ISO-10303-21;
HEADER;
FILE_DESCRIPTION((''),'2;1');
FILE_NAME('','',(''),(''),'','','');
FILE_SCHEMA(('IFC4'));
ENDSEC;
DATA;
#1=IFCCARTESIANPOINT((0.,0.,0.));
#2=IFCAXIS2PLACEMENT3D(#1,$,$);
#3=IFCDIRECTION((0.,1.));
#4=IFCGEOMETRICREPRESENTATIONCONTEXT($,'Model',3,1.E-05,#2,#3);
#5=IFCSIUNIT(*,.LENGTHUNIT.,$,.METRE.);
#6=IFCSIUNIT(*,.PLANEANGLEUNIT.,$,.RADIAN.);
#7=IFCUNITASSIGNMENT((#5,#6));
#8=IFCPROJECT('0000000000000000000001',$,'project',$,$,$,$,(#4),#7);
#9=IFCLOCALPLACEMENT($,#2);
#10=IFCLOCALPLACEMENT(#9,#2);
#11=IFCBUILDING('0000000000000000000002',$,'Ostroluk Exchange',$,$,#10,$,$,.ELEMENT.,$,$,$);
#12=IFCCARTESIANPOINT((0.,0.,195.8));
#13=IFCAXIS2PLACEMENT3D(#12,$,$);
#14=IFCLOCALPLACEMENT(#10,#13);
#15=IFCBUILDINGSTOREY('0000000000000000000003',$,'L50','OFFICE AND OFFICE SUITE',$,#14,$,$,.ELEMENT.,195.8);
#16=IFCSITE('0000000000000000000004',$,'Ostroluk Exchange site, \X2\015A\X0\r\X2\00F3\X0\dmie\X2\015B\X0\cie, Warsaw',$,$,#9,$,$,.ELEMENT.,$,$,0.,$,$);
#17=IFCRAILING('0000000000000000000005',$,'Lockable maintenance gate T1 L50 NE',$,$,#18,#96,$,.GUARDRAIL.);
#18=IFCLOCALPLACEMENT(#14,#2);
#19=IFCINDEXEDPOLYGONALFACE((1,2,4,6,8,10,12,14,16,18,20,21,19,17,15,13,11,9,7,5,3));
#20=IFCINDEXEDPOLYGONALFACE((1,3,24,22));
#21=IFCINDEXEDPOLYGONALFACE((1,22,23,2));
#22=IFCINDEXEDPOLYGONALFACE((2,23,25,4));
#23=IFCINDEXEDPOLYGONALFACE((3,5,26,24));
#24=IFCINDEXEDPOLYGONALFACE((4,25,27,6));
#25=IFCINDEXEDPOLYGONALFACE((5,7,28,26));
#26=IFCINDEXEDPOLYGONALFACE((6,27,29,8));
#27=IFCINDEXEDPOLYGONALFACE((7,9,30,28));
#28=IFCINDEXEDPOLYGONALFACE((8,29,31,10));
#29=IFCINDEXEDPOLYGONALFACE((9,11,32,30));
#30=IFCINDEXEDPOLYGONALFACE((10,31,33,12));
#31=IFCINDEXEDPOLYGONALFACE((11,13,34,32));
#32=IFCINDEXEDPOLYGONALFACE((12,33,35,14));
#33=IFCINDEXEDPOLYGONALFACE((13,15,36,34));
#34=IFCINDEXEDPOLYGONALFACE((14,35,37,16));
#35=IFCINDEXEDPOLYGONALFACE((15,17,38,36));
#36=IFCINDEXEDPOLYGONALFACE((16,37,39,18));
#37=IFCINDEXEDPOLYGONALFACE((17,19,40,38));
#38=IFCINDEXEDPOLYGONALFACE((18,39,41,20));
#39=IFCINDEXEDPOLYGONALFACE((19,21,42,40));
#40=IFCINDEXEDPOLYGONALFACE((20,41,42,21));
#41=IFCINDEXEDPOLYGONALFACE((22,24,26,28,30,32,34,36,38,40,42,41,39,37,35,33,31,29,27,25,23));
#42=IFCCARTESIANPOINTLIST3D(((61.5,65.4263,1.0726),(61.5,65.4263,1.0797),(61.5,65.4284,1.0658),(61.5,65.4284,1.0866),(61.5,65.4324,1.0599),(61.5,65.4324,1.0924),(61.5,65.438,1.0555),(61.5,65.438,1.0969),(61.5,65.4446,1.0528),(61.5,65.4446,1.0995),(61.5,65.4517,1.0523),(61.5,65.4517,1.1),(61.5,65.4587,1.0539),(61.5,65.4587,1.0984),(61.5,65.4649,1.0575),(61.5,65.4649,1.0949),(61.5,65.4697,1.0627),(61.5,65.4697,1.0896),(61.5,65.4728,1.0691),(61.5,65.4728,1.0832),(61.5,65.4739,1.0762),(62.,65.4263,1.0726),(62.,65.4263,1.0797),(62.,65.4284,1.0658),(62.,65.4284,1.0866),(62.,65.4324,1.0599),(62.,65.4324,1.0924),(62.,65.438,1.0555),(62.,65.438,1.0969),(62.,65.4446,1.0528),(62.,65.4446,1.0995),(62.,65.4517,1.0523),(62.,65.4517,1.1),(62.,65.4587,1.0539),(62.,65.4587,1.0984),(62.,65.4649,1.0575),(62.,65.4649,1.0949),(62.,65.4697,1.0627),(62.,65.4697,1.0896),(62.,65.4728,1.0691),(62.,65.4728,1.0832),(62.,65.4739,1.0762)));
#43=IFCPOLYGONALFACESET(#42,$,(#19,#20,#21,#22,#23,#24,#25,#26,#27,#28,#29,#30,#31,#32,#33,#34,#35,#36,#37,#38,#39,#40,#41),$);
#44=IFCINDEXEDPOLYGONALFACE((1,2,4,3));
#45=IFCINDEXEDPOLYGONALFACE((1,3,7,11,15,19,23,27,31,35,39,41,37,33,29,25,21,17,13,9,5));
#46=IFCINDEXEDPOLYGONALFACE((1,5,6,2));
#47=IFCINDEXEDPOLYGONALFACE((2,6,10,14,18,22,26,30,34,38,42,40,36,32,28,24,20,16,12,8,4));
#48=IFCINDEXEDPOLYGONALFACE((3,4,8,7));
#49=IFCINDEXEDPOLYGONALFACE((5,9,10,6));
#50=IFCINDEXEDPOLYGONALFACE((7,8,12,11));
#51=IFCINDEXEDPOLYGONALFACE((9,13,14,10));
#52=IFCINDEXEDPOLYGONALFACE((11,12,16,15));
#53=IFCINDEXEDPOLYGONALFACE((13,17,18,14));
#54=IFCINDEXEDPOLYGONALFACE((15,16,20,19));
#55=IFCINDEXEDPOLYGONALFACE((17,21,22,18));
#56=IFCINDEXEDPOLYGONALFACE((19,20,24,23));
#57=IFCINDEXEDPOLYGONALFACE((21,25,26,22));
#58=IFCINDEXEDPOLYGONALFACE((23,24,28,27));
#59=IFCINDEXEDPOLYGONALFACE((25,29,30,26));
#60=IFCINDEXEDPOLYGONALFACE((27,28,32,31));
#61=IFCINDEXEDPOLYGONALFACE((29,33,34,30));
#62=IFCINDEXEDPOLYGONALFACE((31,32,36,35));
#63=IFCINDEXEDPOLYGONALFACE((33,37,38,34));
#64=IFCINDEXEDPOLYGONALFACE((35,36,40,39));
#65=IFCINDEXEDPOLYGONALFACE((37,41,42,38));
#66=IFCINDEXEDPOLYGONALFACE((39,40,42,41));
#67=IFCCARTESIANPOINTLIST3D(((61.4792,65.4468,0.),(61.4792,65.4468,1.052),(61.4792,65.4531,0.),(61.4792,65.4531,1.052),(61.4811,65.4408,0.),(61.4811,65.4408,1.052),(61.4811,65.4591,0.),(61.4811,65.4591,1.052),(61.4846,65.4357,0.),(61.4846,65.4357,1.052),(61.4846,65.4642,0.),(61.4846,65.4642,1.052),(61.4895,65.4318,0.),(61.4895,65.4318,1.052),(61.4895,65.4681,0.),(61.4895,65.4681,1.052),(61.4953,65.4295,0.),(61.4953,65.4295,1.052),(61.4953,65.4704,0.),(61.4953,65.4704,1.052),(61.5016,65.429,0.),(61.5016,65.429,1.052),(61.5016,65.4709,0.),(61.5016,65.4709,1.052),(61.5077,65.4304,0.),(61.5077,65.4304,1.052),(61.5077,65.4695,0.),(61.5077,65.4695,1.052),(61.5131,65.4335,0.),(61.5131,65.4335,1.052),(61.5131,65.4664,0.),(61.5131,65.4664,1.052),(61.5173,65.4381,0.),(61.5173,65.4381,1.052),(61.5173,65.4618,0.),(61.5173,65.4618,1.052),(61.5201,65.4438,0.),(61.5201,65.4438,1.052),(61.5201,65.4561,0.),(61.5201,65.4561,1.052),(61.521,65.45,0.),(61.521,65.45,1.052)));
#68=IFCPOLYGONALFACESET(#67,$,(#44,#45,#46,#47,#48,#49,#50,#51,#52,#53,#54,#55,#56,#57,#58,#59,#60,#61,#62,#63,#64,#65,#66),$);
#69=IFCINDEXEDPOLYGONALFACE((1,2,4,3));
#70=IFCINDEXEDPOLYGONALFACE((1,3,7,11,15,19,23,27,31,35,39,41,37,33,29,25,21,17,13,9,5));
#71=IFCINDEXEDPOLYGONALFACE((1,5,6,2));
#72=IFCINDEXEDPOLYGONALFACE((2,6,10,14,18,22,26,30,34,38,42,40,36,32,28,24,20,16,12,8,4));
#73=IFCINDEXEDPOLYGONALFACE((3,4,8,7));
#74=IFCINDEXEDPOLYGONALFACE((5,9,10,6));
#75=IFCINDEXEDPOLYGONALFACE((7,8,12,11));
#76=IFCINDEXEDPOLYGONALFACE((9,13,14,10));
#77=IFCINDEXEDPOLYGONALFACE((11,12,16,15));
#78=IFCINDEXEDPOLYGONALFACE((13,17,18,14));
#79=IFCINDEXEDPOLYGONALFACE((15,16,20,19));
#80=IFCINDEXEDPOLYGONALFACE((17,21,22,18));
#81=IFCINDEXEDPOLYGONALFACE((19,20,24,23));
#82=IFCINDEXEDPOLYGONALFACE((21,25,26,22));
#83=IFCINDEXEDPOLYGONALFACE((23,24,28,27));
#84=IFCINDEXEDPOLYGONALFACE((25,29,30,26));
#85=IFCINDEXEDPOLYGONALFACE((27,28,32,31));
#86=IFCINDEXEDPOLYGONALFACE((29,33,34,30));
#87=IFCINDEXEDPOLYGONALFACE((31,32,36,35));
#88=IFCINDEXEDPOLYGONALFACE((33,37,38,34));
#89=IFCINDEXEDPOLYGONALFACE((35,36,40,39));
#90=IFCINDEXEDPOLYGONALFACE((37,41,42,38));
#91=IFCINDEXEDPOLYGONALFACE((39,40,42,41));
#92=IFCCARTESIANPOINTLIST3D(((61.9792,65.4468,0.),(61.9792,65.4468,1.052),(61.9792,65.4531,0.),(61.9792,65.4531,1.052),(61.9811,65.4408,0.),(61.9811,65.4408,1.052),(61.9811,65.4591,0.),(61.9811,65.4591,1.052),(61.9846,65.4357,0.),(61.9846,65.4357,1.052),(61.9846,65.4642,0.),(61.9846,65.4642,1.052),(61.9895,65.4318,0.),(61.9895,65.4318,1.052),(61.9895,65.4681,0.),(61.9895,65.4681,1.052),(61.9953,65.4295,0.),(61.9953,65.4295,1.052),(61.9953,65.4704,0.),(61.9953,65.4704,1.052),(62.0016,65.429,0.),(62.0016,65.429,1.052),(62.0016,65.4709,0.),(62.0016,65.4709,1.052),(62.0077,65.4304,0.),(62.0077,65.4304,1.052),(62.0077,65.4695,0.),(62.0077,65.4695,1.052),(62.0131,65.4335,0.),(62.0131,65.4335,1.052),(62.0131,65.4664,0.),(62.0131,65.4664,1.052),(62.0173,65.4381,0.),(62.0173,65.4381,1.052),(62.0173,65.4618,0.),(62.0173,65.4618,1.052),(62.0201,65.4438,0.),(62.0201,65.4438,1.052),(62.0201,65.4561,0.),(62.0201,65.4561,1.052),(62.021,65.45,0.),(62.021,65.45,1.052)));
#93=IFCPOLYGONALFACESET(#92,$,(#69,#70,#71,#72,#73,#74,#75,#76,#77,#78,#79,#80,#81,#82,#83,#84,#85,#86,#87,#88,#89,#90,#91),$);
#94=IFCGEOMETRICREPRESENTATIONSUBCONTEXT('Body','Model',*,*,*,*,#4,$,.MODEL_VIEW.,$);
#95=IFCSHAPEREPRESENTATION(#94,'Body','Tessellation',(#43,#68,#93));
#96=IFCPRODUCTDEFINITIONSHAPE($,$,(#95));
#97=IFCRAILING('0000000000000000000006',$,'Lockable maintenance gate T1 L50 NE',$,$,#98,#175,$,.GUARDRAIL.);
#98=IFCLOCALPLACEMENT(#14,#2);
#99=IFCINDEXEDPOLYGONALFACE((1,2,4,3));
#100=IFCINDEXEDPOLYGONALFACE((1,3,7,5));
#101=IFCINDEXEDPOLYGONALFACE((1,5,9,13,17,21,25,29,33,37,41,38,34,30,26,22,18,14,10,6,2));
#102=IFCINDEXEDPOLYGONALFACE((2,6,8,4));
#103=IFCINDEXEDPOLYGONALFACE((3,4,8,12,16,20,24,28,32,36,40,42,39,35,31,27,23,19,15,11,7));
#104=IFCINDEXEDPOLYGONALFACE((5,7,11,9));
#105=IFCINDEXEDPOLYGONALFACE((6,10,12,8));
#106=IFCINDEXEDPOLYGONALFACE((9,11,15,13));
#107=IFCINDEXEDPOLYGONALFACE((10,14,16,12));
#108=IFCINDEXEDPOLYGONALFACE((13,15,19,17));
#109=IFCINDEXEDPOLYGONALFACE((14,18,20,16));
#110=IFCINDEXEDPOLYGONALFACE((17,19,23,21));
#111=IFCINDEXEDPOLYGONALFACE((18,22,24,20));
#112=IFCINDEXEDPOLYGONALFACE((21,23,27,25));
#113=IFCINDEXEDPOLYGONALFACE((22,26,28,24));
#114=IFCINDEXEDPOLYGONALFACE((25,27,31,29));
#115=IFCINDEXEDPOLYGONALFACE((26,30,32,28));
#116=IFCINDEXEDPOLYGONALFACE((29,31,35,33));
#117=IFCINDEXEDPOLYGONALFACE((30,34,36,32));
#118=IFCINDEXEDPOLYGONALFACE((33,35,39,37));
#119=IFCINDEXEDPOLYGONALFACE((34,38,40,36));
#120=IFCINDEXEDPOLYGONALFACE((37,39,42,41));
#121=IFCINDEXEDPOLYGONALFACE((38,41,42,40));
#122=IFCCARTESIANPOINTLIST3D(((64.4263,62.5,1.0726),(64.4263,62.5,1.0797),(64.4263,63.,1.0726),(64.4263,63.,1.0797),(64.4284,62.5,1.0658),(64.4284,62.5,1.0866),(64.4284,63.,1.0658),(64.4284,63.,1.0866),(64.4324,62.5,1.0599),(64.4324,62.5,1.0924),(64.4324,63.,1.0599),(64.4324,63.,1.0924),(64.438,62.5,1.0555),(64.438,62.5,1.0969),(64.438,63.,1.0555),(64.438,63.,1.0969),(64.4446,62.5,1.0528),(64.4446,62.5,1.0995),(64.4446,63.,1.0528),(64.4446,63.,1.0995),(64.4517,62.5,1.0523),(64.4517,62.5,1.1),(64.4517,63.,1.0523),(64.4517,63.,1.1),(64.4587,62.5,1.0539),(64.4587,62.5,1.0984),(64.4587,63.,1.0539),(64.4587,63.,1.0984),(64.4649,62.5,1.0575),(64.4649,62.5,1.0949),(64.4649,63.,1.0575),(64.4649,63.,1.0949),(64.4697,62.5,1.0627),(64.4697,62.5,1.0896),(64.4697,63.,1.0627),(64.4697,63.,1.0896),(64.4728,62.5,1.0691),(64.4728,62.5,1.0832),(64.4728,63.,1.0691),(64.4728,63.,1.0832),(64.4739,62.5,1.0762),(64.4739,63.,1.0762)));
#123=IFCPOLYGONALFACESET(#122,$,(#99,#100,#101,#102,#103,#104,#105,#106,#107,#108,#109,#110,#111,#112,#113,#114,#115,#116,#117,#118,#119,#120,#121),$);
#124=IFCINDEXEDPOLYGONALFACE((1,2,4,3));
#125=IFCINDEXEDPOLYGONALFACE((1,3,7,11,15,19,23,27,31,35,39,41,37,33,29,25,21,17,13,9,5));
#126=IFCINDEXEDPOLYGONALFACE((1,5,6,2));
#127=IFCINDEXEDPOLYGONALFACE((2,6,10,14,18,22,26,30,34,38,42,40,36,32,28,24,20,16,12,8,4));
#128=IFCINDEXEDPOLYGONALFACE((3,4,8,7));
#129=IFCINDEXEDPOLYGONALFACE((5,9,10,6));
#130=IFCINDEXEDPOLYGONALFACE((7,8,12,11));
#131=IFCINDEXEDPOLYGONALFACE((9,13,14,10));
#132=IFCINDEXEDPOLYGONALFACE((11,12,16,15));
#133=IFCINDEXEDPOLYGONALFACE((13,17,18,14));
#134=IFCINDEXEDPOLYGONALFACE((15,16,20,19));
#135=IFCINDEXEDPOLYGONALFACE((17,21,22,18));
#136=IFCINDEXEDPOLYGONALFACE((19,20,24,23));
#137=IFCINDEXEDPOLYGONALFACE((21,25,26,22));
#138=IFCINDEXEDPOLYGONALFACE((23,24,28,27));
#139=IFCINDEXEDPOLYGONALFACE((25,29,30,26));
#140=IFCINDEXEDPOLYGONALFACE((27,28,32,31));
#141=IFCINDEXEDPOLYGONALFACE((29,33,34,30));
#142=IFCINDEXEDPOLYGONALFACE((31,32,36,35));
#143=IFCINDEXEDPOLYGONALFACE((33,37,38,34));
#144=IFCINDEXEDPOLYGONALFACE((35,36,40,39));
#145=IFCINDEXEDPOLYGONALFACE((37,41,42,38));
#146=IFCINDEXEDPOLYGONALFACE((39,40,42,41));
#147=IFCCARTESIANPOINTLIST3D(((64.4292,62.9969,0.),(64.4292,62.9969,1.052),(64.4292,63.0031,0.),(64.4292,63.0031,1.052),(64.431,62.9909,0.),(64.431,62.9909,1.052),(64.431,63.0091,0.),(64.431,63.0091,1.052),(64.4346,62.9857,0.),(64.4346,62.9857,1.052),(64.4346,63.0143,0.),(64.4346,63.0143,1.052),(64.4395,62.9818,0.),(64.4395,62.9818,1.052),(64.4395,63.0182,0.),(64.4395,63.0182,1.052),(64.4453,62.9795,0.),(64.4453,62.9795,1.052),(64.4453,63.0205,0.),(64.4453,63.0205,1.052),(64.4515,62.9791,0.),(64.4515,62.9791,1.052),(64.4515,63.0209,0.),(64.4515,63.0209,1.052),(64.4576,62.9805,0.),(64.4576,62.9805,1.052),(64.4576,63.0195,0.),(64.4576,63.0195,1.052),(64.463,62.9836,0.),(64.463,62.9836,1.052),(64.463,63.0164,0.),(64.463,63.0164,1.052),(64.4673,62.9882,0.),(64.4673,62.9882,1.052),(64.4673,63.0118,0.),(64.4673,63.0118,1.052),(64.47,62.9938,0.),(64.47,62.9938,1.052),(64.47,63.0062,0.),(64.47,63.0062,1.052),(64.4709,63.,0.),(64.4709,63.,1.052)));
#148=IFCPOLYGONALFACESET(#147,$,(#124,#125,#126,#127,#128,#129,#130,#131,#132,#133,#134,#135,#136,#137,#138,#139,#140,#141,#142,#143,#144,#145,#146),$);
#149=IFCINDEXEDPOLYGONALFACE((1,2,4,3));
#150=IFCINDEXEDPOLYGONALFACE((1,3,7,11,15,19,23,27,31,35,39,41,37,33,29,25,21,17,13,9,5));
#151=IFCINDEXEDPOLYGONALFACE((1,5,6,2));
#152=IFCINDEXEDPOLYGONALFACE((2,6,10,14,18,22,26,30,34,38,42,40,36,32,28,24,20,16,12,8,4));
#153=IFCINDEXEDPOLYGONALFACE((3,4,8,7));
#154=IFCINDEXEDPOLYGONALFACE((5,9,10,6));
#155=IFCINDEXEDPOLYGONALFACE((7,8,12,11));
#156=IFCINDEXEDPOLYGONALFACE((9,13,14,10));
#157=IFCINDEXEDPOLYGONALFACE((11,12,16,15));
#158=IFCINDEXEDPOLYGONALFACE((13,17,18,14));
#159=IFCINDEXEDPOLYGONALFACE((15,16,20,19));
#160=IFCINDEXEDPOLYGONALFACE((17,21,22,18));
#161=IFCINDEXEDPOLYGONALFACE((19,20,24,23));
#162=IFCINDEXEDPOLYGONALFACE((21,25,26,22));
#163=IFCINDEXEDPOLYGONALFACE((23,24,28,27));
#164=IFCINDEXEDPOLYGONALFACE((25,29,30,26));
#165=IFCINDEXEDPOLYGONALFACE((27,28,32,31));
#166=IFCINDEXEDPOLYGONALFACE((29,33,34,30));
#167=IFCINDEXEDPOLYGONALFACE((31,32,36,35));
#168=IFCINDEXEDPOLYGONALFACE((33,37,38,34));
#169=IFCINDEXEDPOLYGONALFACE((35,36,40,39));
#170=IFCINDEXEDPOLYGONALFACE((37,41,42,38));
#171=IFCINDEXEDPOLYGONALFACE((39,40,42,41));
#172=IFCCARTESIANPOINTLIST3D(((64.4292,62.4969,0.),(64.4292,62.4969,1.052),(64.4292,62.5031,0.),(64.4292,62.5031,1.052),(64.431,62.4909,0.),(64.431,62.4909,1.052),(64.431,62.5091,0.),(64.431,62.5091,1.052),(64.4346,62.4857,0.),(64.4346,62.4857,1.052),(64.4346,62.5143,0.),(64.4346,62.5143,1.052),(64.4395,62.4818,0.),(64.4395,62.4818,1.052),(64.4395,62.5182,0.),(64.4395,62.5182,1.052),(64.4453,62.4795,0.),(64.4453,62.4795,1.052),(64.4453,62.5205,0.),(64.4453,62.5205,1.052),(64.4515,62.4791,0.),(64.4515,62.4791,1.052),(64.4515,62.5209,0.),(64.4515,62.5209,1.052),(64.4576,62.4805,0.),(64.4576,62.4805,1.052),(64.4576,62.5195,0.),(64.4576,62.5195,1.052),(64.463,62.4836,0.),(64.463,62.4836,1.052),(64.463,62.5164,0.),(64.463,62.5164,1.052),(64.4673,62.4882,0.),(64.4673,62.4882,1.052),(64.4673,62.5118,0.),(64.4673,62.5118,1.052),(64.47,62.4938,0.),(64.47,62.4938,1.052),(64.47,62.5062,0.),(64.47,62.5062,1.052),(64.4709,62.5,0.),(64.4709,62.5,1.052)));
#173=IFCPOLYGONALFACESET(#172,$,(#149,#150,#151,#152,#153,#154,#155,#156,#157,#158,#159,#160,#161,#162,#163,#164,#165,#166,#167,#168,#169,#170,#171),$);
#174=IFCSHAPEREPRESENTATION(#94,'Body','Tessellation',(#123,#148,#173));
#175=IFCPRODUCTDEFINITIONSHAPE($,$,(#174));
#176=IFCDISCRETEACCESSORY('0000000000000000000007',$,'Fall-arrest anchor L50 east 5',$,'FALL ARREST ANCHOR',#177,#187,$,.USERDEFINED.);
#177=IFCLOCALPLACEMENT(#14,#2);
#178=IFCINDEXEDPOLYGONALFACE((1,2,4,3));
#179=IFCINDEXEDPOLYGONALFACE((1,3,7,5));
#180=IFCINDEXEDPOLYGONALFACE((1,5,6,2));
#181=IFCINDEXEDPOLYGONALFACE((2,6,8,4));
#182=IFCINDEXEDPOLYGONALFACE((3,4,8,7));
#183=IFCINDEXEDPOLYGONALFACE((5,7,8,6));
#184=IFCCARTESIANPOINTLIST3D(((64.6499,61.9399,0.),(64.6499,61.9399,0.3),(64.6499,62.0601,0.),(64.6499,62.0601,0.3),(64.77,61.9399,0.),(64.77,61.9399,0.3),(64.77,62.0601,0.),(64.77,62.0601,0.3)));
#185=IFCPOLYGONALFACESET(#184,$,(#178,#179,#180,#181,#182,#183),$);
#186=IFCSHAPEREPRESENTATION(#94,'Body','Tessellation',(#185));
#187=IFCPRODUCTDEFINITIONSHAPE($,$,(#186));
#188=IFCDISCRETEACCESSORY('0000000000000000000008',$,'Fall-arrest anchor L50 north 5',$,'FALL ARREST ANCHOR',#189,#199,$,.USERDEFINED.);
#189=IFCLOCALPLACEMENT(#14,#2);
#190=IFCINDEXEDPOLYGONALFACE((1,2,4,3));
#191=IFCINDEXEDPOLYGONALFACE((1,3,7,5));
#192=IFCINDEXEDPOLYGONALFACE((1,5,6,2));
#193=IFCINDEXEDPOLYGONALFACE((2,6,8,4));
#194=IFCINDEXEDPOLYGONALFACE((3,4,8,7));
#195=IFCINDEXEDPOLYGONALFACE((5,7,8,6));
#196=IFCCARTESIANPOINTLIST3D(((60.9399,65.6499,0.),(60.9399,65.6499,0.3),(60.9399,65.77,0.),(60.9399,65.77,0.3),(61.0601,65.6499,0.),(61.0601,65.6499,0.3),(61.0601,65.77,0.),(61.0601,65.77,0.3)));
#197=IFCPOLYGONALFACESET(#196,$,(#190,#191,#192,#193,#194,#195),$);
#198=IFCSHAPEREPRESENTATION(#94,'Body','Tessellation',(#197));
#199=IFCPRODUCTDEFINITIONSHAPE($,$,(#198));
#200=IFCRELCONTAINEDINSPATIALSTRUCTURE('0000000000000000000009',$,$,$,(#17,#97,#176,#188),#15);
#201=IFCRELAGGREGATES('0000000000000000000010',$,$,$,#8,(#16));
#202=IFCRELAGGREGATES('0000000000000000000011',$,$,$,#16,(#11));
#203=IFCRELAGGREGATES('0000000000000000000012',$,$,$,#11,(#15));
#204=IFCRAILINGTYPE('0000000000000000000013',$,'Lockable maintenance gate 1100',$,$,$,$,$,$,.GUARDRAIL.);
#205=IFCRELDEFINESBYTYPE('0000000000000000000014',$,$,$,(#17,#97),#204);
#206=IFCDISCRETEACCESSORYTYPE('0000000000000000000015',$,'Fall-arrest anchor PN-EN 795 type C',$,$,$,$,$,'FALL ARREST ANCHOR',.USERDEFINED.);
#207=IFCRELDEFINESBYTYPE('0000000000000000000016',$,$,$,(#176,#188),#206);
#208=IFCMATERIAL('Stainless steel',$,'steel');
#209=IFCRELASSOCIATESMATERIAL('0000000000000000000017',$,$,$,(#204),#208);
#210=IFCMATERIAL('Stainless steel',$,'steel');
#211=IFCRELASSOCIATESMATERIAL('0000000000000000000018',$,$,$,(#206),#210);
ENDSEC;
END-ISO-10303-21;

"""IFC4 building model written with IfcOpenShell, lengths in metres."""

from ifc_helpers import new_model, si_unit, direction, frame, origin, origin_2d, place, context, subcontext, project, spatial, rectangle, circle, extrude, material, type_object, element, save


model = new_model("IFC4")

# Units and contexts
model_context = context("Model", 3, precision=1e-05, world=origin(), true_north=direction((0.0, 1.0)))
body_context = subcontext(model_context, "Body", "Model", "MODEL_VIEW")
ifc_project = project(units=[si_unit("LENGTHUNIT", "METRE"), si_unit("PLANEANGLEUNIT", "RADIAN")], contexts=[model_context])

# Site, building, storey
site_placement = place(None, origin())
site = spatial("IfcSite", under=ifc_project, at=site_placement, Name="Ostroluk Exchange site, Śródmieście, Warsaw", CompositionType="ELEMENT", RefElevation=0.0)
building_placement = place(site_placement, origin())
building = spatial("IfcBuilding", under=site, at=building_placement, Name="Ostroluk Exchange", CompositionType="ELEMENT")
storey_placement = place(building_placement, frame((0.0, 0.0, 195.8)))
storey = spatial("IfcBuildingStorey", under=building, at=storey_placement, Name="L50", Description="OFFICE AND OFFICE SUITE", CompositionType="ELEMENT", Elevation=195.8)

# Railings
ifc_material_1 = material(Name="Stainless steel", Category="steel")
railing_type_1 = type_object("IfcRailingType", Name="Lockable maintenance gate 1100", PredefinedType="GUARDRAIL", material=ifc_material_1)
railing_1_placement = place(storey_placement, frame((61.5, 65.45, 0.0)))
element("IfcRailing", 1, at=railing_1_placement, inside=storey, type_object=railing_type_1, Name="Lockable maintenance gate T1 L50 NE", PredefinedType="GUARDRAIL", context=body_context, shape_type="SweptSolid", body=[
    extrude(circle(Radius=0.0239, at=origin_2d()), frame((0.0, 0.0, 1.0762), z_axis=(1.0, 0.0, 0.0), x_axis=(0.0, 1.0, 0.0)), (0.0, 0.0, 1.0), 0.5),
    extrude(circle(Radius=0.021, at=origin_2d()), origin(), (0.0, 0.0, 1.0), 1.052),
    extrude(circle(Radius=0.021, at=origin_2d()), frame((0.5, 0.0, 0.0)), (0.0, 0.0, 1.0), 1.052),
])
railing_2_placement = place(storey_placement, frame((64.45, 63.0, 0.0)))
element("IfcRailing", 2, at=railing_2_placement, inside=storey, type_object=railing_type_1, Name="Lockable maintenance gate T1 L50 NE", PredefinedType="GUARDRAIL", context=body_context, shape_type="SweptSolid", body=[
    extrude(circle(Radius=0.0239, at=origin_2d()), frame((0.0, 0.0, 1.0762), z_axis=(0.0, -1.0, 0.0), x_axis=(1.0, 0.0, 0.0)), (0.0, 0.0, 1.0), 0.5),
    extrude(circle(Radius=0.021, at=origin_2d()), origin(), (0.0, 0.0, 1.0), 1.052),
    extrude(circle(Radius=0.021, at=origin_2d()), frame((0.0, -0.5, 0.0)), (0.0, 0.0, 1.0), 1.052),
])

# Discrete accessories
ifc_material_2 = material(Name="Stainless steel", Category="steel")
discrete_accessory_type = type_object("IfcDiscreteAccessoryType", Name="Fall-arrest anchor PN-EN 795 type C", ElementType="FALL ARREST ANCHOR", PredefinedType="USERDEFINED", material=ifc_material_2)
for number, where, z_axis, x_axis, name in (
    (3, (64.71, 62.0, 0.0), (0.0, 0.0, 1.0), (1.0, 0.0, 0.0), "Fall-arrest anchor L50 east 5"),
    (4, (61.0, 65.71, 0.0), (0.0, 0.0, 1.0), (1.0, 0.0, 0.0), "Fall-arrest anchor L50 north 5"),
):
    element("IfcDiscreteAccessory", number, at=place(storey_placement, frame(where, z_axis=z_axis, x_axis=x_axis)), inside=storey, type_object=discrete_accessory_type, Name=name, ObjectType="FALL ARREST ANCHOR", PredefinedType="USERDEFINED", context=body_context, shape_type="SweptSolid", body=[
        extrude(rectangle(XDim=0.1201, YDim=0.1201, at=origin_2d()), origin(), (0.0, 0.0, 1.0), 0.3),
    ])

save(model, "model.ifc")
